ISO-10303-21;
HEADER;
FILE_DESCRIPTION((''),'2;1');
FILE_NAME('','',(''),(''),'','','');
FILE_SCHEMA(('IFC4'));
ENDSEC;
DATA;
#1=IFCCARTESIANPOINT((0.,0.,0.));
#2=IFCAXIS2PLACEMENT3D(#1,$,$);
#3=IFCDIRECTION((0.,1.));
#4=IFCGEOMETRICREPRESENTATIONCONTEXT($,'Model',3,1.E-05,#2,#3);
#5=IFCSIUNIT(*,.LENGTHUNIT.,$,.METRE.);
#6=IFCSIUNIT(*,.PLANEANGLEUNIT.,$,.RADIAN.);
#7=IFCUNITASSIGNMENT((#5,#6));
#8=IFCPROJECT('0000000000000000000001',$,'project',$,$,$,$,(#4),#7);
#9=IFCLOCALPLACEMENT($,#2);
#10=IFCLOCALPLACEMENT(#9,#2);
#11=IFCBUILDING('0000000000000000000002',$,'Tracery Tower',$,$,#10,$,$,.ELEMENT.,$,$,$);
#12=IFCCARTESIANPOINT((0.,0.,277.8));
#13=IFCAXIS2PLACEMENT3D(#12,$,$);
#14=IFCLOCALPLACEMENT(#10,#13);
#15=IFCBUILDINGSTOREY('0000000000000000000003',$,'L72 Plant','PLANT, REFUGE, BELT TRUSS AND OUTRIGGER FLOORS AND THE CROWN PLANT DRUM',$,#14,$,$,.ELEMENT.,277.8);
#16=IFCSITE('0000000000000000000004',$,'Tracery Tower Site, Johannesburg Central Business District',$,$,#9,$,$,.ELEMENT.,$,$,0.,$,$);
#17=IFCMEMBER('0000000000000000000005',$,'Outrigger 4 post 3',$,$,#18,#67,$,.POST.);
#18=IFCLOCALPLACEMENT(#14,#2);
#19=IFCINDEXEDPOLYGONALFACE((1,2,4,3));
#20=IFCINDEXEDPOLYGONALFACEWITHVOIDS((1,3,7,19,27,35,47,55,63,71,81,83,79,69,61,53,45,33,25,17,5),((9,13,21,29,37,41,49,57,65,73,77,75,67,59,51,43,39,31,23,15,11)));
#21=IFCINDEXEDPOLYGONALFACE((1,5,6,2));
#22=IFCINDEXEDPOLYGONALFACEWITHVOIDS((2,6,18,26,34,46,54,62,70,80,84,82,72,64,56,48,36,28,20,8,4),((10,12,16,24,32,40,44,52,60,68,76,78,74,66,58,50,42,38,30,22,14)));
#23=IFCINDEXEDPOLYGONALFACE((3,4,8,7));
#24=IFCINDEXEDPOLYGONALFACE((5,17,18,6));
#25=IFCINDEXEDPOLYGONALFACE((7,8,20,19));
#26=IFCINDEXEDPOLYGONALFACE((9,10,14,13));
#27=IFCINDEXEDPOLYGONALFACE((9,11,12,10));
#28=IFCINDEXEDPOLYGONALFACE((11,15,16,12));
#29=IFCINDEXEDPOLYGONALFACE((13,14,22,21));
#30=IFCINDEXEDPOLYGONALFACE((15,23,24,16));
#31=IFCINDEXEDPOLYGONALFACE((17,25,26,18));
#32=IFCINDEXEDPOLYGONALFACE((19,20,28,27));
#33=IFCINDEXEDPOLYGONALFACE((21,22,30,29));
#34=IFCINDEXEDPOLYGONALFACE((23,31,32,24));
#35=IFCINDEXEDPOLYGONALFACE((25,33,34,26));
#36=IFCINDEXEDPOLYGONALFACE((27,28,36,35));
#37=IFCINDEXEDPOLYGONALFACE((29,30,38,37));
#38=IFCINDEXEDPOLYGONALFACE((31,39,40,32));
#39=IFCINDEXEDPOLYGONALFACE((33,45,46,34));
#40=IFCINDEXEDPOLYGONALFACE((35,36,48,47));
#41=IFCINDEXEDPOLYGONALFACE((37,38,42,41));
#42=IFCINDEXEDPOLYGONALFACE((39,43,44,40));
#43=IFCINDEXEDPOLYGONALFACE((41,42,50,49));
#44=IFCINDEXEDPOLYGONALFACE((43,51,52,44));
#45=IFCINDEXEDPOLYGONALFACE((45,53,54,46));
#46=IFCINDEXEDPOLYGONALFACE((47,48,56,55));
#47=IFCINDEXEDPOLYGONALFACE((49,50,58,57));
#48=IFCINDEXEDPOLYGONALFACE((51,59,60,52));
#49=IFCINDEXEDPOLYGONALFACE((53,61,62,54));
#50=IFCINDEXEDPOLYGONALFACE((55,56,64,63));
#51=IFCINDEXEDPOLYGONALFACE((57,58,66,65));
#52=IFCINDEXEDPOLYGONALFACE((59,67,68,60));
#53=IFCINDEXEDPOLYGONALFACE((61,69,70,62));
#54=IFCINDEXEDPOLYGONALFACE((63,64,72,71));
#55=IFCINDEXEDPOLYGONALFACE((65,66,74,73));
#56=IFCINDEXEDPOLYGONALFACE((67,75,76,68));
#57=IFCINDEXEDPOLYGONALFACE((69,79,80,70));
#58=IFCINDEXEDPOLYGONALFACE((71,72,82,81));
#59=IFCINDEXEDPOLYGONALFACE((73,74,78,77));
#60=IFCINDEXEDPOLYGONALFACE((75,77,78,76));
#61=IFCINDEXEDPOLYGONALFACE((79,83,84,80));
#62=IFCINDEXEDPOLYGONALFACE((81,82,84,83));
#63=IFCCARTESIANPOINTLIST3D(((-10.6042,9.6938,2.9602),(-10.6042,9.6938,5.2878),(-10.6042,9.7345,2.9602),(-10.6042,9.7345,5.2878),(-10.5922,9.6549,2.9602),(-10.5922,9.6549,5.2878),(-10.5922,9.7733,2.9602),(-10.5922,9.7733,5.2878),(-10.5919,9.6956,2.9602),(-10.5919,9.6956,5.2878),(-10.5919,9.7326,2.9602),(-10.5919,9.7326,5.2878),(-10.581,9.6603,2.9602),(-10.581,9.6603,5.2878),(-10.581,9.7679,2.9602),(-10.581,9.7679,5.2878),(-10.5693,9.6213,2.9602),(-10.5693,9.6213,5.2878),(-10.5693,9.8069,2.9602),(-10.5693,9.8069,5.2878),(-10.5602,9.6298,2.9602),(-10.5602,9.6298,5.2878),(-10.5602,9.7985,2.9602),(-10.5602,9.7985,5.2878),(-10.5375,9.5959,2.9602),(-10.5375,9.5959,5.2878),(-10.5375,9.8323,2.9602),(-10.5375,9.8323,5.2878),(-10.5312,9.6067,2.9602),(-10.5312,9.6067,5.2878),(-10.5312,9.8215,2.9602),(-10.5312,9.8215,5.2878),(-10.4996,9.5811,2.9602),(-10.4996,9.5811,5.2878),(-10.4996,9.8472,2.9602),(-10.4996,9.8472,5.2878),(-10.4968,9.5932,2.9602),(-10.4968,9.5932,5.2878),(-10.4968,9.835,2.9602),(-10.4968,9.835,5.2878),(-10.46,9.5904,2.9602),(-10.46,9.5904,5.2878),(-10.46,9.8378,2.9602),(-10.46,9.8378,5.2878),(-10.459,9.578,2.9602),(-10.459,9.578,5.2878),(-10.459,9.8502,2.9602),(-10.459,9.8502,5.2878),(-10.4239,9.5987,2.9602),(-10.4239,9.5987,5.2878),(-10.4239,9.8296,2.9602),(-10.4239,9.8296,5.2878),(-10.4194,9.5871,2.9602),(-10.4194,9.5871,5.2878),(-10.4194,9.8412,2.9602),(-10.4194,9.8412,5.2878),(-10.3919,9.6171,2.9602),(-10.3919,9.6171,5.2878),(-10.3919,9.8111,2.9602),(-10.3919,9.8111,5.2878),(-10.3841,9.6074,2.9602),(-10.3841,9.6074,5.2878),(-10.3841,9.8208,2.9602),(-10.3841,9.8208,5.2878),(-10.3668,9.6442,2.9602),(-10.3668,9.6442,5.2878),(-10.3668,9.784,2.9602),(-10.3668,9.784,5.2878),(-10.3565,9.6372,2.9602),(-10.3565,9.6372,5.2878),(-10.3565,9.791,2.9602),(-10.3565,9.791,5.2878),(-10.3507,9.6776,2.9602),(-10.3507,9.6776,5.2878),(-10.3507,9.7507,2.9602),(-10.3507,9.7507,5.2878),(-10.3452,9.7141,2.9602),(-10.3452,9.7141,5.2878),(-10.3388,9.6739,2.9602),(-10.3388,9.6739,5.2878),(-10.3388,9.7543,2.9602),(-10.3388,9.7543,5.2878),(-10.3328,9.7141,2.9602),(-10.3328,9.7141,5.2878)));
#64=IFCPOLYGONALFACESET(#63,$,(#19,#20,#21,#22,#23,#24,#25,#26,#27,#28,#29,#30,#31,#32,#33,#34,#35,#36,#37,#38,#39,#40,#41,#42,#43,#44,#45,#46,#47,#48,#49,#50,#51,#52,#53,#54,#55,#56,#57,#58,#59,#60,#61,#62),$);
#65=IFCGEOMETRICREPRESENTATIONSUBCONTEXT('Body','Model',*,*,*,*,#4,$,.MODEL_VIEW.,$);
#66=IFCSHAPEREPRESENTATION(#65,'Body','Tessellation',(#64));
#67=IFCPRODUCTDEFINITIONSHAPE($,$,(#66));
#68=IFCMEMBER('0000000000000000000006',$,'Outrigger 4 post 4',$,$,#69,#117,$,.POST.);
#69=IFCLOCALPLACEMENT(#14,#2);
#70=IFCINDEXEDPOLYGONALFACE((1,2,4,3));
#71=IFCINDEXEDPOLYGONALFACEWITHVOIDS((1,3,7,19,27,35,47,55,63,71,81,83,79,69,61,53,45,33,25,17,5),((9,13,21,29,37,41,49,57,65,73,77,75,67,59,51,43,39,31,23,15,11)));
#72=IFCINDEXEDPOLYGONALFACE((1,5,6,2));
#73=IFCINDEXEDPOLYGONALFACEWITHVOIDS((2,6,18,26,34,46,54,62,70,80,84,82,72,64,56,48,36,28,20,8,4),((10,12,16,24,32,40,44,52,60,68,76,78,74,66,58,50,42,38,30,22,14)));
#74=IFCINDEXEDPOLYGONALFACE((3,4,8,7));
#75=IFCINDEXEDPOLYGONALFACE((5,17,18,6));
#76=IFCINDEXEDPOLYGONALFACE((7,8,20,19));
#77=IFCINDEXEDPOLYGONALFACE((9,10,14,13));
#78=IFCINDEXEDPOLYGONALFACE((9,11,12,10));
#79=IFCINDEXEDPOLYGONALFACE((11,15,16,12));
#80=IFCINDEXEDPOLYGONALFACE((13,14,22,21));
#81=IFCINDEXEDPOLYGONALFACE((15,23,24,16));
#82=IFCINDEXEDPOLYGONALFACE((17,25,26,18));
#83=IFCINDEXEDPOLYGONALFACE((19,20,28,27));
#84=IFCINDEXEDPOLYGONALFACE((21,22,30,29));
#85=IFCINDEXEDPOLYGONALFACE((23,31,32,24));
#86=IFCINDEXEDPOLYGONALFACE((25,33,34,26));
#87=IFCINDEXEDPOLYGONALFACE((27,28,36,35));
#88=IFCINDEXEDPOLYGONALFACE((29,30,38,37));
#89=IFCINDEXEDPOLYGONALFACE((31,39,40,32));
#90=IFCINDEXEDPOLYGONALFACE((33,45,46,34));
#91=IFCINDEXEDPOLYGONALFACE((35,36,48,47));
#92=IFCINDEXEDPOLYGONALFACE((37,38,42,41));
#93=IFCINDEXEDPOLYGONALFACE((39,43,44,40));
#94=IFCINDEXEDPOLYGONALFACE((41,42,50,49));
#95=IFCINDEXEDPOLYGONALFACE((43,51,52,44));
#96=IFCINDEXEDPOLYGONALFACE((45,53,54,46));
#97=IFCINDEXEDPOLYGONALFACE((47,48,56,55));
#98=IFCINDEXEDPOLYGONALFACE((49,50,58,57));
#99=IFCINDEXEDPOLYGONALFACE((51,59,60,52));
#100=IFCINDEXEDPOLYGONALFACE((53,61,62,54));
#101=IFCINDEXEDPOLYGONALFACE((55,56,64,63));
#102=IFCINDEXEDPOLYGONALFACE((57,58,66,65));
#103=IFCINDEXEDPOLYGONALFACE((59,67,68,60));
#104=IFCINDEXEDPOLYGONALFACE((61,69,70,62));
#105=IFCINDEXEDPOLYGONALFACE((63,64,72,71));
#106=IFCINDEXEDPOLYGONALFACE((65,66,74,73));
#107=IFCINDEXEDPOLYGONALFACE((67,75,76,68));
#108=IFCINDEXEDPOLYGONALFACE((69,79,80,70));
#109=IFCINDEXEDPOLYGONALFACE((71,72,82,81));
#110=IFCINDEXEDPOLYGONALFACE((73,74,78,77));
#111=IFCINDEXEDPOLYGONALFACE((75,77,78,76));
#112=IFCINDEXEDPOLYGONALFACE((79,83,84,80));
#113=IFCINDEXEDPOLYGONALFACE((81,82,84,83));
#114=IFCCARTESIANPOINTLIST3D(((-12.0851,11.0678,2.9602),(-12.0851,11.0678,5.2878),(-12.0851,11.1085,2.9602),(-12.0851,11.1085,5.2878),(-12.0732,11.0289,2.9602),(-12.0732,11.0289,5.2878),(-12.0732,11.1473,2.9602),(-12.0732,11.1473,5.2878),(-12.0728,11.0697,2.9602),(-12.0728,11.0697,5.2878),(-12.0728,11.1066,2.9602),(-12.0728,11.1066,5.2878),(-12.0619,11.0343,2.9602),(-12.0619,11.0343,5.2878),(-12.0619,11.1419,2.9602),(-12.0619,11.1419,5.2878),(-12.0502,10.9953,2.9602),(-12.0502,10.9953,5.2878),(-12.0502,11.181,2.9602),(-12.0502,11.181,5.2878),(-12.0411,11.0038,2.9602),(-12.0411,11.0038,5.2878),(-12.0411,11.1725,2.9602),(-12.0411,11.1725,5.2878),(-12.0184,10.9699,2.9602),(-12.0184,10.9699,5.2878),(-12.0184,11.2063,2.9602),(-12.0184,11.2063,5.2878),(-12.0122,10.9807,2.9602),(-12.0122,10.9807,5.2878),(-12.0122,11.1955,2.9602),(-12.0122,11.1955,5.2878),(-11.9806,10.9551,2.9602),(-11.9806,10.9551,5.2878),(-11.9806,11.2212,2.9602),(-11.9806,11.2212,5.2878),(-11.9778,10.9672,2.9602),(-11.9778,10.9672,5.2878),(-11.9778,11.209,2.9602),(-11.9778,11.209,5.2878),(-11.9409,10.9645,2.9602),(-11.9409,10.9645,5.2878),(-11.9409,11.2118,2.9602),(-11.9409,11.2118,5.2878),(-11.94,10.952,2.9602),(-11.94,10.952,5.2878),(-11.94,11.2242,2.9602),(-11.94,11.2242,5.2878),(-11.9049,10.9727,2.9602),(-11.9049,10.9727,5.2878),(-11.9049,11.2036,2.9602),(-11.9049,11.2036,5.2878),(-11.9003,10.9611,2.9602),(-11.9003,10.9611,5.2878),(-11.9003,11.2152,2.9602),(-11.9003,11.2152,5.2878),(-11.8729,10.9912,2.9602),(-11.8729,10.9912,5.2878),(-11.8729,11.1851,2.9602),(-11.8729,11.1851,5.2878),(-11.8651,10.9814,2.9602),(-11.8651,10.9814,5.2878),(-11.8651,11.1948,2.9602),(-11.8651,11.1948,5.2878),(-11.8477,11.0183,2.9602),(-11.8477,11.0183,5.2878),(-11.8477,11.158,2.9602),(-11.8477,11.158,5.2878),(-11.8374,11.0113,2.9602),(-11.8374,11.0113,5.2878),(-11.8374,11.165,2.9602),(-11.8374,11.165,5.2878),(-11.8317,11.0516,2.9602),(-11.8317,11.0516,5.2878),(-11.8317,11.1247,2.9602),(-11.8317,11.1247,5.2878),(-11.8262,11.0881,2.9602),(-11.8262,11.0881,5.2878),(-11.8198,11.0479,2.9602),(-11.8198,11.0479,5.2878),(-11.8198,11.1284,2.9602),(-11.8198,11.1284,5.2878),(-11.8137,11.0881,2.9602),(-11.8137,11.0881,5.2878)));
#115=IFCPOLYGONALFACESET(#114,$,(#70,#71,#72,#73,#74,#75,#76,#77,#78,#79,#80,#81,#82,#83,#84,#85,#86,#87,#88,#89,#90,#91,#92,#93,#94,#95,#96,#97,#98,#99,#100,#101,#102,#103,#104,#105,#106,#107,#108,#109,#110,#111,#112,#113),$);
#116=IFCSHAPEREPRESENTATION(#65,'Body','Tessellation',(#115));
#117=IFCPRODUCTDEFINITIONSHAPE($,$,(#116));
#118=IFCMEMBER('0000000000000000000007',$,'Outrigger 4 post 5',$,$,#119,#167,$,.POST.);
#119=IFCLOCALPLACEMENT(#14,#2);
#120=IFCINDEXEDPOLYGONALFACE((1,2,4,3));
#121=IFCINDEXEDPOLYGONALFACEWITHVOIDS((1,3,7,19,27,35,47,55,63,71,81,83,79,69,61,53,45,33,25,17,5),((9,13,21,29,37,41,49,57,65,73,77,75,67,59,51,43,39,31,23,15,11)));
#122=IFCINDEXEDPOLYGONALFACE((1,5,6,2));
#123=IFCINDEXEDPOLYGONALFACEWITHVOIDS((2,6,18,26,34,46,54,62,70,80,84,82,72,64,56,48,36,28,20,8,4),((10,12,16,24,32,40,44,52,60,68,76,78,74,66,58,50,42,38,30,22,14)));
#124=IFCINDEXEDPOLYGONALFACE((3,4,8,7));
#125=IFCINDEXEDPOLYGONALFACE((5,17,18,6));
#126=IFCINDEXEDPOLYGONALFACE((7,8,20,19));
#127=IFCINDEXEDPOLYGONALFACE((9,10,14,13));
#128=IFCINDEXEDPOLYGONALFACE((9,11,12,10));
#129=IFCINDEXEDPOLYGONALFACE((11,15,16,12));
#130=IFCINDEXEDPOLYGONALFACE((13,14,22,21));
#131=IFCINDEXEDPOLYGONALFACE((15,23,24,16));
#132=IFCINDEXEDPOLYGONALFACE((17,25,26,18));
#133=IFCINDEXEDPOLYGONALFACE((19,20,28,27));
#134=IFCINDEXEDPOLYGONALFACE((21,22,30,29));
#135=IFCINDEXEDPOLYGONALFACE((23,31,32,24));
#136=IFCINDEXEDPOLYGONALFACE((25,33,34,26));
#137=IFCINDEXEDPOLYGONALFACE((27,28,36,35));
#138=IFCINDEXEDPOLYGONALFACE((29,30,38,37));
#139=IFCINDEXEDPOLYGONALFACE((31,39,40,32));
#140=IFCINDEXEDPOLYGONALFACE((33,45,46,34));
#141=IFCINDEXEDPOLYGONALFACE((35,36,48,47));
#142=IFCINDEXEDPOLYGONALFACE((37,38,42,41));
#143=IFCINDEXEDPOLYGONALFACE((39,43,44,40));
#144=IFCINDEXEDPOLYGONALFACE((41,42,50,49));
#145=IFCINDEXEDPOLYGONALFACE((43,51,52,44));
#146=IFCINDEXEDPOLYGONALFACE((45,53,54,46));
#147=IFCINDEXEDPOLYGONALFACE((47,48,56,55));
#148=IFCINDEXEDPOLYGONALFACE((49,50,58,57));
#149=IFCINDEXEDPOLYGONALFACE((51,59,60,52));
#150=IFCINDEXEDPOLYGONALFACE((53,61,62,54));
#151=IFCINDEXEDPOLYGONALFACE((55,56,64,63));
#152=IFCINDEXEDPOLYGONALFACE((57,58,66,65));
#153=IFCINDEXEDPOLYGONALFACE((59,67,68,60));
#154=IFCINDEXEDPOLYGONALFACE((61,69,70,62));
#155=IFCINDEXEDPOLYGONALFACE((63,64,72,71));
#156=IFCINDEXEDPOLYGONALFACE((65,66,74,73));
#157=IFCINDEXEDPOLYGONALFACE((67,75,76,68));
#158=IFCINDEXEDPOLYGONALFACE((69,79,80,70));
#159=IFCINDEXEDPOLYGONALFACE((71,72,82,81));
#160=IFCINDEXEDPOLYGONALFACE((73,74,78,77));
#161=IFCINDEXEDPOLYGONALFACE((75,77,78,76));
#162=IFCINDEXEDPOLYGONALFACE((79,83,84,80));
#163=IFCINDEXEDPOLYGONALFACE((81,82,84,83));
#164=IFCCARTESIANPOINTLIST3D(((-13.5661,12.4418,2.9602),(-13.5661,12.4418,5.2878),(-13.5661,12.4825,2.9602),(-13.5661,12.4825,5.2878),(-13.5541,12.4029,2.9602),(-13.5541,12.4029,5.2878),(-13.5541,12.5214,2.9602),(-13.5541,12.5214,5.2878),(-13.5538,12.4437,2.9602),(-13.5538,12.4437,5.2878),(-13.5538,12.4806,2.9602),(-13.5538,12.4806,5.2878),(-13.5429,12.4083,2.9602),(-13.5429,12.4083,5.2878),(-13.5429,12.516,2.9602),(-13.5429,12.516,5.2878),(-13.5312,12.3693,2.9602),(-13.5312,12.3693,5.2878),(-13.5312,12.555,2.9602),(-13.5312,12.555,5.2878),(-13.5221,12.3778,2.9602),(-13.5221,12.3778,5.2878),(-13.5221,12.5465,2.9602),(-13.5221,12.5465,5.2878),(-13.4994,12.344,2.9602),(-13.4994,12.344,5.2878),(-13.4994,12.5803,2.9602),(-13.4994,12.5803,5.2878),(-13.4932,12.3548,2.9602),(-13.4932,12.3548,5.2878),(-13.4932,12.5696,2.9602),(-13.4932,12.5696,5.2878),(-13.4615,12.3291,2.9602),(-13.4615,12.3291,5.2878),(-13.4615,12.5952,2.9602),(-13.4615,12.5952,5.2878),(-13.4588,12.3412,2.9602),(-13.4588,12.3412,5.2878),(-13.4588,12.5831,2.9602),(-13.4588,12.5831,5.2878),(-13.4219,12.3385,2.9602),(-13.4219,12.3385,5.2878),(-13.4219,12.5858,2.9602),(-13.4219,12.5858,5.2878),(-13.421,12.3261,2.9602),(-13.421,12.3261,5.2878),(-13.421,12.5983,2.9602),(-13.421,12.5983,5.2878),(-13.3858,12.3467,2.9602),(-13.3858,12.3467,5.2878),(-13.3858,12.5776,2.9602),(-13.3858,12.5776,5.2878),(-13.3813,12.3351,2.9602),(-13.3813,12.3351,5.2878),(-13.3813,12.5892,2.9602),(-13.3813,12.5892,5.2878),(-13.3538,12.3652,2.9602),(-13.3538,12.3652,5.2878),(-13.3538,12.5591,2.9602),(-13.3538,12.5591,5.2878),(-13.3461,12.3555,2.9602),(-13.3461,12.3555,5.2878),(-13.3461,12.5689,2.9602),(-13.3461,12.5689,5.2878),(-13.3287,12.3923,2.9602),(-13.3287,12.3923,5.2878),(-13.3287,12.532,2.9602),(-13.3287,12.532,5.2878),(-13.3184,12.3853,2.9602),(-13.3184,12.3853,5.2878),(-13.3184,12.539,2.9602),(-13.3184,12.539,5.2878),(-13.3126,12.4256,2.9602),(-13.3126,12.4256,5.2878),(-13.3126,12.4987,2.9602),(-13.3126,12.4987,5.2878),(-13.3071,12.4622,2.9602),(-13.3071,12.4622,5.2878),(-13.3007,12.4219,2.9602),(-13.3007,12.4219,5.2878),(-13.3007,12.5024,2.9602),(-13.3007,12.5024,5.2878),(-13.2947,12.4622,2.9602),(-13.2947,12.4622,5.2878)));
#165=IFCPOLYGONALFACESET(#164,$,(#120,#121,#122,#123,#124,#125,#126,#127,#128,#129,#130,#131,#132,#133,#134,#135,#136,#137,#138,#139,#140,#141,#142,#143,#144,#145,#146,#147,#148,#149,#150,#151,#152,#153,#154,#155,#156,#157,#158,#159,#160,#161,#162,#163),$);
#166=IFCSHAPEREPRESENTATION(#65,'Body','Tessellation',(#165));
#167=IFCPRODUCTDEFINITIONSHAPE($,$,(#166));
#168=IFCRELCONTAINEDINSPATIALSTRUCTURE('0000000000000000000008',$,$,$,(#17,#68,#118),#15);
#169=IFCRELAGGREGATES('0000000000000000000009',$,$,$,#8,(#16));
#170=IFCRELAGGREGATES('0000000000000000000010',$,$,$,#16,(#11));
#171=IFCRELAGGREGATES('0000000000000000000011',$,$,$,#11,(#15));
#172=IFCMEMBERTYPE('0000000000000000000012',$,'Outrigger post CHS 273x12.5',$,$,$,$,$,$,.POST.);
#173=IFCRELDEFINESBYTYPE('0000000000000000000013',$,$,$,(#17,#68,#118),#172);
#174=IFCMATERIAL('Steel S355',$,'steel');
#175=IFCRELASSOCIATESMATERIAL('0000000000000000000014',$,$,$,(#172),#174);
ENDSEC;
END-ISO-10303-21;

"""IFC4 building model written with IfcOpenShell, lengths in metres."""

from ifc_helpers import new_model, si_unit, direction, frame, origin, origin_2d, place, context, subcontext, project, spatial, hollow_circle, extrude, material, material_profile, profile_set, type_object, element, save


model = new_model("IFC4")

# Units and contexts
model_context = context("Model", 3, precision=1e-05, world=origin(), true_north=direction((0.0, 1.0)))
body_context = subcontext(model_context, "Body", "Model", "MODEL_VIEW")
ifc_project = project(units=[si_unit("LENGTHUNIT", "METRE"), si_unit("PLANEANGLEUNIT", "RADIAN")], contexts=[model_context])

# Site, building, storey
site_placement = place(None, origin())
site = spatial("IfcSite", under=ifc_project, at=site_placement, Name="Tracery Tower Site, Johannesburg Central Business District", CompositionType="ELEMENT", RefElevation=0.0)
building_placement = place(site_placement, origin())
building = spatial("IfcBuilding", under=site, at=building_placement, Name="Tracery Tower", CompositionType="ELEMENT")
storey_placement = place(building_placement, frame((0.0, 0.0, 277.8)))
storey = spatial("IfcBuildingStorey", under=building, at=storey_placement, Name="L72 Plant", Description="PLANT, REFUGE, BELT TRUSS AND OUTRIGGER FLOORS AND THE CROWN PLANT DRUM", CompositionType="ELEMENT", Elevation=277.8)

# Members
ifc_material_1 = material(Name="Steel S355", Category="steel")
ifc_material_profile_1 = material_profile(ifc_material_1, hollow_circle(Radius=0.1365, WallThickness=0.0125, at=origin_2d()), Name="CHS 273x12.5")
ifc_profile_set_1 = profile_set([ifc_material_profile_1], Name="Steel S355")
member_type_1 = type_object("IfcMemberType", Name="Outrigger post CHS 273x12.5", PredefinedType="POST", material=ifc_profile_set_1)
for number, where, z_axis, x_axis, name in (
    (1, (-10.4692, 9.7141, 2.9602), (0.0, 0.0, 1.0), (1.0, 0.0, 0.0), "Outrigger 4 post 3"),
    (2, (-11.9502, 11.0881, 2.9602), (0.0, 0.0, 1.0), (1.0, 0.0, 0.0), "Outrigger 4 post 4"),
    (3, (-13.4312, 12.4622, 2.9602), (0.0, 0.0, 1.0), (1.0, 0.0, 0.0), "Outrigger 4 post 5"),
):
    element("IfcMember", number, at=place(storey_placement, frame(where, z_axis=z_axis, x_axis=x_axis)), inside=storey, type_object=member_type_1, Name=name, PredefinedType="POST", context=body_context, shape_type="SweptSolid", body=[
        extrude(hollow_circle(Radius=0.1365, WallThickness=0.0125, at=origin_2d()), origin(), (0.0, 0.0, 1.0), 2.3276),
    ])

save(model, "model.ifc")
